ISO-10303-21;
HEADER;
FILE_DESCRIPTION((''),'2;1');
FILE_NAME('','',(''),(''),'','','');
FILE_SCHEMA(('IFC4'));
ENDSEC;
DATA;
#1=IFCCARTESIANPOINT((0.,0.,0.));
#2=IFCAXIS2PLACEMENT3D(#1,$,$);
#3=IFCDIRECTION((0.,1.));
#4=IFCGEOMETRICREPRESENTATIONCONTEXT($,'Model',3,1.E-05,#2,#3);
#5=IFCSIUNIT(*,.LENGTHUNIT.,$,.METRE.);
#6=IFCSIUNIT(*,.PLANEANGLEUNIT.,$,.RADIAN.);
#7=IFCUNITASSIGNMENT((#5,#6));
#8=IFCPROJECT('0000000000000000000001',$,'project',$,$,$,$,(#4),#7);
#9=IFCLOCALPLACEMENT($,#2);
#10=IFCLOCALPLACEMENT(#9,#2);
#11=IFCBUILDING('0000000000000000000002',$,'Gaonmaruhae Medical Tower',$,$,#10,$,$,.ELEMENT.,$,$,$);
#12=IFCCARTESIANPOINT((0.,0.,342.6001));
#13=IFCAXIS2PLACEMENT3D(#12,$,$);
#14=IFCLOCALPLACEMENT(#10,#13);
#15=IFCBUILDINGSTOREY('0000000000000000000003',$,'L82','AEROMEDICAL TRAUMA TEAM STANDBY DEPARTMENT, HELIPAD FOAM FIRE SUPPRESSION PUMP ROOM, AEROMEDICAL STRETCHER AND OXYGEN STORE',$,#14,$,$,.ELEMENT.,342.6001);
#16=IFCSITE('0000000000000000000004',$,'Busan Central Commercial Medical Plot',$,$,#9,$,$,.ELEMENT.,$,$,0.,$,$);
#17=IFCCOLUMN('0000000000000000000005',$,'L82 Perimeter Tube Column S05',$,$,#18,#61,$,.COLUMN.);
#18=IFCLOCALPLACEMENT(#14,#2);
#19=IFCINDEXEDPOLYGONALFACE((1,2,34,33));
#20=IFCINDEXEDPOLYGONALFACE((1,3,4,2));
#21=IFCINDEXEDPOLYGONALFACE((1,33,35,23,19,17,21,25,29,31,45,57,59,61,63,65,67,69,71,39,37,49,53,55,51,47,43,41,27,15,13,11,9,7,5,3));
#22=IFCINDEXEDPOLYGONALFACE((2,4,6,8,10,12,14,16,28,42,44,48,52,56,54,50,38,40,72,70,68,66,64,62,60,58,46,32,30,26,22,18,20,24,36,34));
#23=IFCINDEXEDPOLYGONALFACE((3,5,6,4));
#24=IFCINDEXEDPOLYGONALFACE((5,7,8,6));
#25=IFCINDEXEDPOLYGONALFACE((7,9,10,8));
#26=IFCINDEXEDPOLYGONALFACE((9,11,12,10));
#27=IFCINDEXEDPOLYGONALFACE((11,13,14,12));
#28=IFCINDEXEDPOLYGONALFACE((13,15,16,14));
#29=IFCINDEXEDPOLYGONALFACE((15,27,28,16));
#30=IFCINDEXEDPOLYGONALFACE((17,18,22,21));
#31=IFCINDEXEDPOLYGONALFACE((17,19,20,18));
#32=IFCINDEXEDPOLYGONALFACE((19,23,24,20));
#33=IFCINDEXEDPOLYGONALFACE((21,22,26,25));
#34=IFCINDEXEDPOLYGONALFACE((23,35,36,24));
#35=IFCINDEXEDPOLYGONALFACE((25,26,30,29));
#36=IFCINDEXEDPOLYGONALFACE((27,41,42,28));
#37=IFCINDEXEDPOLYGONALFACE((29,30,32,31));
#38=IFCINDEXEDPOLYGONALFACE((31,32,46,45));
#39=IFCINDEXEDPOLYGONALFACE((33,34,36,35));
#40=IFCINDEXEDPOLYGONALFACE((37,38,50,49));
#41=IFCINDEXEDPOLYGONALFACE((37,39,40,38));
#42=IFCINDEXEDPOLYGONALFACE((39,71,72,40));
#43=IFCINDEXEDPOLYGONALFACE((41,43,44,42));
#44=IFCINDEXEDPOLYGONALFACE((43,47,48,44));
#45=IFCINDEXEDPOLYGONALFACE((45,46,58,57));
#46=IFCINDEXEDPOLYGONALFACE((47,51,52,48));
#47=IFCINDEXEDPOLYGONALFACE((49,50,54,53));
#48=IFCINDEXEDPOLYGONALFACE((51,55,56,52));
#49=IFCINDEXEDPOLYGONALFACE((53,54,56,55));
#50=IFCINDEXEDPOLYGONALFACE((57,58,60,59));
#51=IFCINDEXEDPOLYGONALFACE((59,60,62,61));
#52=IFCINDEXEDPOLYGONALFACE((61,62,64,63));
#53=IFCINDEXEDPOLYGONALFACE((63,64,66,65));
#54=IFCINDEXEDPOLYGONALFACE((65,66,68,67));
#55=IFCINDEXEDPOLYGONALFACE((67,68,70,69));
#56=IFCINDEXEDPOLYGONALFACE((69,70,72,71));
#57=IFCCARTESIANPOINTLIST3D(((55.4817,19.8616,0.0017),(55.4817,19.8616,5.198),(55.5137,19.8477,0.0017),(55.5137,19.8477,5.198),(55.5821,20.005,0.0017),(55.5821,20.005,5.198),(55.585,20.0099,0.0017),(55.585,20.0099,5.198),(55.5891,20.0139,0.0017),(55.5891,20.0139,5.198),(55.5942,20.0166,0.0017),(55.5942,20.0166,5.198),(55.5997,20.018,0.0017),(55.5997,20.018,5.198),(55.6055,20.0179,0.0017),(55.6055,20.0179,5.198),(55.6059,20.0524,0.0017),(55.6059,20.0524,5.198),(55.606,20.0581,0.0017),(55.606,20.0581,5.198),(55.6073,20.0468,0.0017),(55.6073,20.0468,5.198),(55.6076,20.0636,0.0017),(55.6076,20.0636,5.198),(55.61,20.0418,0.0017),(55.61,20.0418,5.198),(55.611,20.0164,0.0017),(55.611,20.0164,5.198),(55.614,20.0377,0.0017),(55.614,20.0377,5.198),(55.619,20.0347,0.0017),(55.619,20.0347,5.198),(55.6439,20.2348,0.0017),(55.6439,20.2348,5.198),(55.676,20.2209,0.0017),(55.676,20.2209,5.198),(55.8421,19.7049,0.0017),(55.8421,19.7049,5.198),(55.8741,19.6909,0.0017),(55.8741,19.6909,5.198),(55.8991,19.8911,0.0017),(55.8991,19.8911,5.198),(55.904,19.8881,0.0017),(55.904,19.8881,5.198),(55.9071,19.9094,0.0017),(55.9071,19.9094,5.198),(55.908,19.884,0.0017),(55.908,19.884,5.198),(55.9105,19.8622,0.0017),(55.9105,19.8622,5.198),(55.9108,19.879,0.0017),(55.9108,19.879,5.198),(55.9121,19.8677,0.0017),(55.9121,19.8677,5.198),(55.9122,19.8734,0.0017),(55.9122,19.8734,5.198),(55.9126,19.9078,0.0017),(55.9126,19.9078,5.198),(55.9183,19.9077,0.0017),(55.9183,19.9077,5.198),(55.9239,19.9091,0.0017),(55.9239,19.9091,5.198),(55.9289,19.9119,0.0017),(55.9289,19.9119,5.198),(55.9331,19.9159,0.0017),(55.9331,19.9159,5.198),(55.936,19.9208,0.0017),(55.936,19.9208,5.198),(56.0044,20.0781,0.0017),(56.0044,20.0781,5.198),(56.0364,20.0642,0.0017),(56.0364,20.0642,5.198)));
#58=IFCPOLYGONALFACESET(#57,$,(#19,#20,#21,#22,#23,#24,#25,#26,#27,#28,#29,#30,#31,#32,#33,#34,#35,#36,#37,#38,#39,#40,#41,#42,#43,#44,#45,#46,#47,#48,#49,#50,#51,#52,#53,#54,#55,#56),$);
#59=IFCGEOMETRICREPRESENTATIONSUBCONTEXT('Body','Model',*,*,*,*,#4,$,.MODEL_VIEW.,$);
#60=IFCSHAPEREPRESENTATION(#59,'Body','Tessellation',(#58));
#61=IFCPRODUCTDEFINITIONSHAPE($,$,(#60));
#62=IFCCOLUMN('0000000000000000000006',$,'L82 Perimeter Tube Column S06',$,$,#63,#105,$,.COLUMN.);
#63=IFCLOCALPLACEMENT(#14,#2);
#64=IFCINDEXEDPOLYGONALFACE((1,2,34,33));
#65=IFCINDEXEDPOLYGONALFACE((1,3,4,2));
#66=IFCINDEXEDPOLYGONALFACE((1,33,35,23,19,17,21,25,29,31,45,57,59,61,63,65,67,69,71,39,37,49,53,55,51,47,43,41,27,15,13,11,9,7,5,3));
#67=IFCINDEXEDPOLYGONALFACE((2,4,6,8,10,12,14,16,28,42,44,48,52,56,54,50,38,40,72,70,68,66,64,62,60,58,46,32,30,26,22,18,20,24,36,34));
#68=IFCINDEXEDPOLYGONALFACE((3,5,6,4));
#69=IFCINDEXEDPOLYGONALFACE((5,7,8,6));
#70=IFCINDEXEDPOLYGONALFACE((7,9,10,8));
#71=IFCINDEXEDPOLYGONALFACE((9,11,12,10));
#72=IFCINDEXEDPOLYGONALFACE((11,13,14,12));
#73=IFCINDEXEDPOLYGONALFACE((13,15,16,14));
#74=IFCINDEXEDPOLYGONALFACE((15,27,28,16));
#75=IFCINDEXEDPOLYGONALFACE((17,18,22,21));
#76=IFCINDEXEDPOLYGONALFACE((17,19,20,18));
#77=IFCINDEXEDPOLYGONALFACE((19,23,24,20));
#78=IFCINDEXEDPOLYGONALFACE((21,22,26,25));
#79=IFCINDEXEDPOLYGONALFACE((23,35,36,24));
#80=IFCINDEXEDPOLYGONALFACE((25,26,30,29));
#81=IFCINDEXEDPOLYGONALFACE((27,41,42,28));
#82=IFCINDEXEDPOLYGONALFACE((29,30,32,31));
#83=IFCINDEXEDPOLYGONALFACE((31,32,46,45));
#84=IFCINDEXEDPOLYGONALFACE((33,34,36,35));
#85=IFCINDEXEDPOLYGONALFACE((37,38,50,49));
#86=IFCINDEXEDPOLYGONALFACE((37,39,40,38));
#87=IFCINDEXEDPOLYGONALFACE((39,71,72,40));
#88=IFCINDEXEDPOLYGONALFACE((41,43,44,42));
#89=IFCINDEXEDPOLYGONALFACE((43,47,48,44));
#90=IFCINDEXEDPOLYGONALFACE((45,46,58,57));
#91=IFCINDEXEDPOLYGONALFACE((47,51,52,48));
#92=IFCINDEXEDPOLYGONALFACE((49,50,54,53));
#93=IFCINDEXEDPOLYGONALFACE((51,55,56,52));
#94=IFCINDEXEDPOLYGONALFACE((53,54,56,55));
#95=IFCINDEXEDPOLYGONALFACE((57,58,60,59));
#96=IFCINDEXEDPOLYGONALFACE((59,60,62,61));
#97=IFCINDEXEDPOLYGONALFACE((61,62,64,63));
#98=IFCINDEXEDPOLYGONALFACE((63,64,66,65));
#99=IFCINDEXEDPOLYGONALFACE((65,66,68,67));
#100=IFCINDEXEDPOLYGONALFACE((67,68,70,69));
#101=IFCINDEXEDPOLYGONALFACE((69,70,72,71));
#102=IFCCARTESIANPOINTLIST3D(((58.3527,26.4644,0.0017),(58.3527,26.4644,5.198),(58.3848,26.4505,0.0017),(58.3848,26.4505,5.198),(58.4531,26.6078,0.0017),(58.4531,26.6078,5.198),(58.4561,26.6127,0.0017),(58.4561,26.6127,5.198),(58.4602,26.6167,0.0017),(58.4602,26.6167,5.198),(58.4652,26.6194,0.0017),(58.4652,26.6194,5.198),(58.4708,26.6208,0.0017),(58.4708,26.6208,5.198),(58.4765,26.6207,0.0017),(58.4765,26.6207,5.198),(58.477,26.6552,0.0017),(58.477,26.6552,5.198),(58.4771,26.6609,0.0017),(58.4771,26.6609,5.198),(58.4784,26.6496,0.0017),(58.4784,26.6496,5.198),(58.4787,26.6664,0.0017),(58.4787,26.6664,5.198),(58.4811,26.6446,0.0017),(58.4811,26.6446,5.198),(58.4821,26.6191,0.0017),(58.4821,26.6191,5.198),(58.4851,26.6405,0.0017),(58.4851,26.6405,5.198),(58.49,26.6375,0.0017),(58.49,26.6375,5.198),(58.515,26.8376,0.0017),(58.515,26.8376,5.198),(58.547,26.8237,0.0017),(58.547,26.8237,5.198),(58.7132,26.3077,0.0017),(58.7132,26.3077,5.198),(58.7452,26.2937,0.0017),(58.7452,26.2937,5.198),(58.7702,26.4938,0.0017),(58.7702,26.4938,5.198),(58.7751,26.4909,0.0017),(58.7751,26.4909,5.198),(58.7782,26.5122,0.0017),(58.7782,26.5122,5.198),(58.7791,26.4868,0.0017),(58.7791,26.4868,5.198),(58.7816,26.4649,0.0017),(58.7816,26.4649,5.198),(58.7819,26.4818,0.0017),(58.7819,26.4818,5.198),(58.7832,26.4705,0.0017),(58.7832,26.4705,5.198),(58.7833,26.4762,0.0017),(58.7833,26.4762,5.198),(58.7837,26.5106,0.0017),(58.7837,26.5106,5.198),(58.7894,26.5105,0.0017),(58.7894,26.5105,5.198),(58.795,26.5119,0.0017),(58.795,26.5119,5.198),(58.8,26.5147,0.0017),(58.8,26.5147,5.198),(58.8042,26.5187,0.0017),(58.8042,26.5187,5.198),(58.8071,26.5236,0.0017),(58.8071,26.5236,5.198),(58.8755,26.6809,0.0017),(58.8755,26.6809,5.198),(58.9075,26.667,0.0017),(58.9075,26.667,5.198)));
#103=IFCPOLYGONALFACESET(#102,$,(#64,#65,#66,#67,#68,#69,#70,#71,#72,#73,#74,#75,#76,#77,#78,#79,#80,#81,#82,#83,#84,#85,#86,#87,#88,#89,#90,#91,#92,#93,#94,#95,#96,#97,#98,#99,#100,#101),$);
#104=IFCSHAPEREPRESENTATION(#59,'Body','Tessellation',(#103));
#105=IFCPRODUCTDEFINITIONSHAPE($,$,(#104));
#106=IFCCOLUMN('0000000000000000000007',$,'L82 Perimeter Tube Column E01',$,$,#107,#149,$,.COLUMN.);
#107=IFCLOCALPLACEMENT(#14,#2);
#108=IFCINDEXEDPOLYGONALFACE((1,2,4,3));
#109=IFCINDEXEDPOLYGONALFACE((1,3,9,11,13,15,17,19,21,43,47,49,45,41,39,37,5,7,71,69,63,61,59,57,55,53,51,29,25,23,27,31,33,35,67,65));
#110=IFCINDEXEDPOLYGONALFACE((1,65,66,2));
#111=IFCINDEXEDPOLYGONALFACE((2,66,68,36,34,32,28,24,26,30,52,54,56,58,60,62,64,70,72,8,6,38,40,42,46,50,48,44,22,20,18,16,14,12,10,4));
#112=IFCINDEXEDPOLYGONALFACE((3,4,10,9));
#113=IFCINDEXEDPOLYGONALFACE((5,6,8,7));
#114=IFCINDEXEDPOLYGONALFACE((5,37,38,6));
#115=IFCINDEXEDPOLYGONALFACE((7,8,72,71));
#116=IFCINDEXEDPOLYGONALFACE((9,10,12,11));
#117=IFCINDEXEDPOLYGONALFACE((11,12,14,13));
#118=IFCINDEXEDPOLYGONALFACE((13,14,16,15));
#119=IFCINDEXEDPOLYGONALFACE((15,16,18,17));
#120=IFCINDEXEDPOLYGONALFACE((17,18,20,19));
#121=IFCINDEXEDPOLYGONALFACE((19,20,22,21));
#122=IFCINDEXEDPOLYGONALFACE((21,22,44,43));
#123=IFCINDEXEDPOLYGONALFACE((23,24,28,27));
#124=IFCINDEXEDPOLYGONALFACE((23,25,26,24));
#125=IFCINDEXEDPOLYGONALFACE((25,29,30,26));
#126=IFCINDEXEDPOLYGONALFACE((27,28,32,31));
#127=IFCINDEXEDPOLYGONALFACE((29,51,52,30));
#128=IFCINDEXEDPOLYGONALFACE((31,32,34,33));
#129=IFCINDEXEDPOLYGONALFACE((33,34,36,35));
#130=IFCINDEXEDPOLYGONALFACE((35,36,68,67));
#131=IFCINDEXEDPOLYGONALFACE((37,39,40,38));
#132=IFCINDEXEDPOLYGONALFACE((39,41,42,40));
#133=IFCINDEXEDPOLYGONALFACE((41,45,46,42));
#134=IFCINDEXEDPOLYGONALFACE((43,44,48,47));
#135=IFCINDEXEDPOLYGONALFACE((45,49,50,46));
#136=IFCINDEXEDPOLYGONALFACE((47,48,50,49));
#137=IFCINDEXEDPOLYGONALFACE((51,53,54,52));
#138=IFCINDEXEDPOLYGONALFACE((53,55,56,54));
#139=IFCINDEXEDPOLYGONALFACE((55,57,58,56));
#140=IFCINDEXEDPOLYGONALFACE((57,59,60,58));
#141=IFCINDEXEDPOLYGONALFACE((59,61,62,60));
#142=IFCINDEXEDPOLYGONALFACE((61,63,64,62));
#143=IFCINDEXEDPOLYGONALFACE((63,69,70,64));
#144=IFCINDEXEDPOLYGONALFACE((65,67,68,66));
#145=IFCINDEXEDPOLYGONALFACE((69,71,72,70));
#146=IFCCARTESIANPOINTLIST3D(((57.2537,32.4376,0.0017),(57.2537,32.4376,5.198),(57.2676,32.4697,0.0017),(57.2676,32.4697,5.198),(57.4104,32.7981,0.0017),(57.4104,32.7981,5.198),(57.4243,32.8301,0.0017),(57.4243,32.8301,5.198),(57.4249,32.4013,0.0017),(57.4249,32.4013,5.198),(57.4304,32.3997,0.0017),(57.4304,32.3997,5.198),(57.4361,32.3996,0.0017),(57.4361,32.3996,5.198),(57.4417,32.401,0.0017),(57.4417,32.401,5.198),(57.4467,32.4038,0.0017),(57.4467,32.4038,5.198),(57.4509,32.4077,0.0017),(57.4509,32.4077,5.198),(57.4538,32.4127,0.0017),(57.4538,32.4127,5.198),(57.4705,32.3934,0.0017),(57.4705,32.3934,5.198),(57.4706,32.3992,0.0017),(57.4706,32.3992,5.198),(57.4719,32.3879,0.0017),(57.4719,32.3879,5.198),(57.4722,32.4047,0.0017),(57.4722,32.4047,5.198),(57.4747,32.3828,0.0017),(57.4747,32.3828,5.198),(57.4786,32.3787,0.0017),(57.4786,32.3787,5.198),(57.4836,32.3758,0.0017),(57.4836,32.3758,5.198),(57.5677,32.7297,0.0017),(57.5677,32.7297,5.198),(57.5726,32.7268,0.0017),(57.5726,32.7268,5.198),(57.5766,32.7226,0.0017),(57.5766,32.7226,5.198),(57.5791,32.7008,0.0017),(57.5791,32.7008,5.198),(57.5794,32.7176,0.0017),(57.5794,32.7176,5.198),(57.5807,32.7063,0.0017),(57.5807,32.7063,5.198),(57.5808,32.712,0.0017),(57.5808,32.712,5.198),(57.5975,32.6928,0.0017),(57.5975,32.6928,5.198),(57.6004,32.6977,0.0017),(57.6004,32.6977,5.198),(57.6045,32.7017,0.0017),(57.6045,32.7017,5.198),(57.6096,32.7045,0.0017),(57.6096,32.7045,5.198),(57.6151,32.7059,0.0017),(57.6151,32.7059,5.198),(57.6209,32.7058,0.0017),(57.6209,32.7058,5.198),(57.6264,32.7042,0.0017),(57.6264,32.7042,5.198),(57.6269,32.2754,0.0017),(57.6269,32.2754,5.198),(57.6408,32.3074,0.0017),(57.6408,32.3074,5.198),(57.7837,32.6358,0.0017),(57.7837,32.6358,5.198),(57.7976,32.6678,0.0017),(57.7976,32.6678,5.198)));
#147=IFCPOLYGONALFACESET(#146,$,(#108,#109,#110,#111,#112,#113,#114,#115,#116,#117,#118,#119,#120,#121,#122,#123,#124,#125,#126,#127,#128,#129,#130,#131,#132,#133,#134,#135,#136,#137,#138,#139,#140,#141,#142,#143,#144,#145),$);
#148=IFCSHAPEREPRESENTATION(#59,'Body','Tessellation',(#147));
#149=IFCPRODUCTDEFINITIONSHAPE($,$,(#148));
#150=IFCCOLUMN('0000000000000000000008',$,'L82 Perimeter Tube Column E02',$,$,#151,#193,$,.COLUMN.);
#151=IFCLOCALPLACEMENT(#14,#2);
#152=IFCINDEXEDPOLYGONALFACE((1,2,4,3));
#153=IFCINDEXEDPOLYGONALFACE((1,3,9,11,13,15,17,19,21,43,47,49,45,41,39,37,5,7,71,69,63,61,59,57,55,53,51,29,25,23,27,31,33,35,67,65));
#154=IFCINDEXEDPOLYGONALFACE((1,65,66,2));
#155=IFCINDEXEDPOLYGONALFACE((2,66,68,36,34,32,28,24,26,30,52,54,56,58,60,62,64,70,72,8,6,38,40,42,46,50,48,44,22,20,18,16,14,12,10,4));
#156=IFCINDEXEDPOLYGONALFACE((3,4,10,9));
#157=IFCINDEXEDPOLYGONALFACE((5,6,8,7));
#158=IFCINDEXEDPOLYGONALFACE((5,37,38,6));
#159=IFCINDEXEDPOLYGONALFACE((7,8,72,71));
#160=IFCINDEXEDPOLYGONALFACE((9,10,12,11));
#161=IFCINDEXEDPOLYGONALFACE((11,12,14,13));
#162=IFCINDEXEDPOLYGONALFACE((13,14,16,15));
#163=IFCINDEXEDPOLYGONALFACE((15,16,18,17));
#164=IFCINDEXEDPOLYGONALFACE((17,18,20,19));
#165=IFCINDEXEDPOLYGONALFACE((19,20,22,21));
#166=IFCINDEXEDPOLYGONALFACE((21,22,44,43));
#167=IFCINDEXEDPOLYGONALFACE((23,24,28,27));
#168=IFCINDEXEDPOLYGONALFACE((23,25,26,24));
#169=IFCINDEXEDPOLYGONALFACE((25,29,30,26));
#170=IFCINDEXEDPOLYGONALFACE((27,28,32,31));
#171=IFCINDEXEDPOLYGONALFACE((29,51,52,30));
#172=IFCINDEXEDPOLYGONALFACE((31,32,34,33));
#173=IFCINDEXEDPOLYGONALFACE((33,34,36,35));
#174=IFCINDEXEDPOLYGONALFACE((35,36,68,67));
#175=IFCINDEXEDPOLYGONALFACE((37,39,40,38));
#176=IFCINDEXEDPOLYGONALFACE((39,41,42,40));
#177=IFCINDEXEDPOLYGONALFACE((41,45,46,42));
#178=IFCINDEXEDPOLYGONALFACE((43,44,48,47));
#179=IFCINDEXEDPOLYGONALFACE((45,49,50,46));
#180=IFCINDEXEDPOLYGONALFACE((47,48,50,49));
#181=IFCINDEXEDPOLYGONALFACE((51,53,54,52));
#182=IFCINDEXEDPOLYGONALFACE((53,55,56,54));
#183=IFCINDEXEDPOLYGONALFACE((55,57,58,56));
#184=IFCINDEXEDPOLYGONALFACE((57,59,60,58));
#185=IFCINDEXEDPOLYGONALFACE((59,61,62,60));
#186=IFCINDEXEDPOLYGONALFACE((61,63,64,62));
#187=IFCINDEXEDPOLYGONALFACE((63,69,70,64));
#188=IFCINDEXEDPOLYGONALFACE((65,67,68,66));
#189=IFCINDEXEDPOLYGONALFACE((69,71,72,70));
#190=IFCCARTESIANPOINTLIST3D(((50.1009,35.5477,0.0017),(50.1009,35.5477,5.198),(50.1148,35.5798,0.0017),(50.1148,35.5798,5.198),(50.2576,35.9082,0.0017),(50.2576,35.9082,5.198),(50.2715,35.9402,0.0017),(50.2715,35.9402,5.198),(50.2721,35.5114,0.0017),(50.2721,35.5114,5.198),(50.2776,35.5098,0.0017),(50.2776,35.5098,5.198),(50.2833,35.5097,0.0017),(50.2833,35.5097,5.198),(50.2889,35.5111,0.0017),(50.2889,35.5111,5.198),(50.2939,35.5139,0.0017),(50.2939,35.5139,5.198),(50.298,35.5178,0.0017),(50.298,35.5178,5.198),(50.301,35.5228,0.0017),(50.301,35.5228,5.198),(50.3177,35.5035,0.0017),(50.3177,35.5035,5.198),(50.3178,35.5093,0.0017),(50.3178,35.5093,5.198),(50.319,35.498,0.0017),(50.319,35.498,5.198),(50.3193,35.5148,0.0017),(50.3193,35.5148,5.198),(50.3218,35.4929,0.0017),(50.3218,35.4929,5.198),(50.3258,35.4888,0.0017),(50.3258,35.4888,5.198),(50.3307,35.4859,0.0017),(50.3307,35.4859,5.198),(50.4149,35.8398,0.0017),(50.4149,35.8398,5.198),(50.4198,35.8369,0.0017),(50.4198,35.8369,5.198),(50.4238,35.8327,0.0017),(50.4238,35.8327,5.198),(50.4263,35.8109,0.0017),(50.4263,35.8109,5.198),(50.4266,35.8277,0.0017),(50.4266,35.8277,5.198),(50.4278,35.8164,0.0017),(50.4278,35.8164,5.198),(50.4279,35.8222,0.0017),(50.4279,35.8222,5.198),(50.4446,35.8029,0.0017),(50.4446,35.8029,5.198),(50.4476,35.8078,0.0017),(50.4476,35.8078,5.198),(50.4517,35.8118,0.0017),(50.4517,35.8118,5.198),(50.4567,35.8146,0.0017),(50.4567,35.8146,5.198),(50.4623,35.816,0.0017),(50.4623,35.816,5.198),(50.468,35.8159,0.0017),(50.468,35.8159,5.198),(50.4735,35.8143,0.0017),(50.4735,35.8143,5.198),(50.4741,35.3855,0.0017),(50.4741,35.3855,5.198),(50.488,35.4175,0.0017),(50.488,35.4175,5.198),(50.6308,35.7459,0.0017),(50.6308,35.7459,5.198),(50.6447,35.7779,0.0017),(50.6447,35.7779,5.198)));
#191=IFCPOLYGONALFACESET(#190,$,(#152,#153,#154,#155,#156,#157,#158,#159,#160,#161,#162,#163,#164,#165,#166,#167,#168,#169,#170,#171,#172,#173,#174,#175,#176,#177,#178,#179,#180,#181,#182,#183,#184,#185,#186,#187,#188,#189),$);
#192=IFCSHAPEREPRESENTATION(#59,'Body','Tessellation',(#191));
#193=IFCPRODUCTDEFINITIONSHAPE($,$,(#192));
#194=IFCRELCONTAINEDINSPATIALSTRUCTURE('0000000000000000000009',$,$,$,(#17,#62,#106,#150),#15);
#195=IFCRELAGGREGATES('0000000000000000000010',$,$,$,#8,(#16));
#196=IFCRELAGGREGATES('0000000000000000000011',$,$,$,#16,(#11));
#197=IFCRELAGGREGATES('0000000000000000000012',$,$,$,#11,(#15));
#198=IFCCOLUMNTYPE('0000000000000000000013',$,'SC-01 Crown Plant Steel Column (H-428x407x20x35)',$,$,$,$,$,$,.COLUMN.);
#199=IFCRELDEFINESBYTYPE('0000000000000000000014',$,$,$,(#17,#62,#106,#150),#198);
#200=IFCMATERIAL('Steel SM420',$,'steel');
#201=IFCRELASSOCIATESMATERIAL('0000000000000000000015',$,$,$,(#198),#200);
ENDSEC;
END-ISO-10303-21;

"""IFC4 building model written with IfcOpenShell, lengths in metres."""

from ifc_helpers import new_model, si_unit, direction, frame, origin, origin_2d, place, context, subcontext, project, spatial, i_section, extrude, material, material_profile, profile_set, type_object, element, save


model = new_model("IFC4")

# Units and contexts
model_context = context("Model", 3, precision=1e-05, world=origin(), true_north=direction((0.0, 1.0)))
body_context = subcontext(model_context, "Body", "Model", "MODEL_VIEW")
ifc_project = project(units=[si_unit("LENGTHUNIT", "METRE"), si_unit("PLANEANGLEUNIT", "RADIAN")], contexts=[model_context])

# Site, building, storey
site_placement = place(None, origin())
site = spatial("IfcSite", under=ifc_project, at=site_placement, Name="Busan Central Commercial Medical Plot", CompositionType="ELEMENT", RefElevation=0.0)
building_placement = place(site_placement, origin())
building = spatial("IfcBuilding", under=site, at=building_placement, Name="Gaonmaruhae Medical Tower", CompositionType="ELEMENT")
storey_placement = place(building_placement, frame((0.0, 0.0, 342.6001)))
storey = spatial("IfcBuildingStorey", under=building, at=storey_placement, Name="L82", Description="AEROMEDICAL TRAUMA TEAM STANDBY DEPARTMENT, HELIPAD FOAM FIRE SUPPRESSION PUMP ROOM, AEROMEDICAL STRETCHER AND OXYGEN STORE", CompositionType="ELEMENT", Elevation=342.6001)

# Columns
ifc_material_1 = material(Name="Steel SM420", Category="steel")
ifc_material_profile_1 = material_profile(ifc_material_1, i_section(OverallWidth=0.407, OverallDepth=0.428, WebThickness=0.02, FlangeThickness=0.0349, FilletRadius=0.022, at=origin_2d()), Name="H-428x407x20x35")
ifc_profile_set_1 = profile_set([ifc_material_profile_1], Name="Steel SM420")
column_type = type_object("IfcColumnType", Name="SC-01 Crown Plant Steel Column (H-428x407x20x35)", PredefinedType="COLUMN", material=ifc_profile_set_1)
for number, where, z_axis, x_axis, name in (
    (1, (55.759, 19.9629, 0.0017), (0.0, 0.0, 1.0), (0.398749, 0.91706, 0.0), "L82 Perimeter Tube Column S05"),
    (2, (58.6301, 26.5657, 0.0017), (0.0, 0.0, 1.0), (0.398749, 0.91706, 0.0), "L82 Perimeter Tube Column S06"),
    (3, (57.5256, 32.5527, 0.0017), (0.0, 0.0, 1.0), (-0.91706, 0.398749, 0.0), "L82 Perimeter Tube Column E01"),
    (4, (50.3728, 35.6628, 0.0017), (0.0, 0.0, 1.0), (-0.91706, 0.398749, 0.0), "L82 Perimeter Tube Column E02"),
):
    element("IfcColumn", number, at=place(storey_placement, frame(where, z_axis=z_axis, x_axis=x_axis)), inside=storey, type_object=column_type, Name=name, PredefinedType="COLUMN", context=body_context, shape_type="SweptSolid", body=[
        extrude(i_section(OverallWidth=0.407, OverallDepth=0.428, WebThickness=0.02, FlangeThickness=0.0349, FilletRadius=0.022, at=origin_2d()), origin(), (0.0, 0.0, 1.0), 5.1963),
    ])

save(model, "model.ifc")
